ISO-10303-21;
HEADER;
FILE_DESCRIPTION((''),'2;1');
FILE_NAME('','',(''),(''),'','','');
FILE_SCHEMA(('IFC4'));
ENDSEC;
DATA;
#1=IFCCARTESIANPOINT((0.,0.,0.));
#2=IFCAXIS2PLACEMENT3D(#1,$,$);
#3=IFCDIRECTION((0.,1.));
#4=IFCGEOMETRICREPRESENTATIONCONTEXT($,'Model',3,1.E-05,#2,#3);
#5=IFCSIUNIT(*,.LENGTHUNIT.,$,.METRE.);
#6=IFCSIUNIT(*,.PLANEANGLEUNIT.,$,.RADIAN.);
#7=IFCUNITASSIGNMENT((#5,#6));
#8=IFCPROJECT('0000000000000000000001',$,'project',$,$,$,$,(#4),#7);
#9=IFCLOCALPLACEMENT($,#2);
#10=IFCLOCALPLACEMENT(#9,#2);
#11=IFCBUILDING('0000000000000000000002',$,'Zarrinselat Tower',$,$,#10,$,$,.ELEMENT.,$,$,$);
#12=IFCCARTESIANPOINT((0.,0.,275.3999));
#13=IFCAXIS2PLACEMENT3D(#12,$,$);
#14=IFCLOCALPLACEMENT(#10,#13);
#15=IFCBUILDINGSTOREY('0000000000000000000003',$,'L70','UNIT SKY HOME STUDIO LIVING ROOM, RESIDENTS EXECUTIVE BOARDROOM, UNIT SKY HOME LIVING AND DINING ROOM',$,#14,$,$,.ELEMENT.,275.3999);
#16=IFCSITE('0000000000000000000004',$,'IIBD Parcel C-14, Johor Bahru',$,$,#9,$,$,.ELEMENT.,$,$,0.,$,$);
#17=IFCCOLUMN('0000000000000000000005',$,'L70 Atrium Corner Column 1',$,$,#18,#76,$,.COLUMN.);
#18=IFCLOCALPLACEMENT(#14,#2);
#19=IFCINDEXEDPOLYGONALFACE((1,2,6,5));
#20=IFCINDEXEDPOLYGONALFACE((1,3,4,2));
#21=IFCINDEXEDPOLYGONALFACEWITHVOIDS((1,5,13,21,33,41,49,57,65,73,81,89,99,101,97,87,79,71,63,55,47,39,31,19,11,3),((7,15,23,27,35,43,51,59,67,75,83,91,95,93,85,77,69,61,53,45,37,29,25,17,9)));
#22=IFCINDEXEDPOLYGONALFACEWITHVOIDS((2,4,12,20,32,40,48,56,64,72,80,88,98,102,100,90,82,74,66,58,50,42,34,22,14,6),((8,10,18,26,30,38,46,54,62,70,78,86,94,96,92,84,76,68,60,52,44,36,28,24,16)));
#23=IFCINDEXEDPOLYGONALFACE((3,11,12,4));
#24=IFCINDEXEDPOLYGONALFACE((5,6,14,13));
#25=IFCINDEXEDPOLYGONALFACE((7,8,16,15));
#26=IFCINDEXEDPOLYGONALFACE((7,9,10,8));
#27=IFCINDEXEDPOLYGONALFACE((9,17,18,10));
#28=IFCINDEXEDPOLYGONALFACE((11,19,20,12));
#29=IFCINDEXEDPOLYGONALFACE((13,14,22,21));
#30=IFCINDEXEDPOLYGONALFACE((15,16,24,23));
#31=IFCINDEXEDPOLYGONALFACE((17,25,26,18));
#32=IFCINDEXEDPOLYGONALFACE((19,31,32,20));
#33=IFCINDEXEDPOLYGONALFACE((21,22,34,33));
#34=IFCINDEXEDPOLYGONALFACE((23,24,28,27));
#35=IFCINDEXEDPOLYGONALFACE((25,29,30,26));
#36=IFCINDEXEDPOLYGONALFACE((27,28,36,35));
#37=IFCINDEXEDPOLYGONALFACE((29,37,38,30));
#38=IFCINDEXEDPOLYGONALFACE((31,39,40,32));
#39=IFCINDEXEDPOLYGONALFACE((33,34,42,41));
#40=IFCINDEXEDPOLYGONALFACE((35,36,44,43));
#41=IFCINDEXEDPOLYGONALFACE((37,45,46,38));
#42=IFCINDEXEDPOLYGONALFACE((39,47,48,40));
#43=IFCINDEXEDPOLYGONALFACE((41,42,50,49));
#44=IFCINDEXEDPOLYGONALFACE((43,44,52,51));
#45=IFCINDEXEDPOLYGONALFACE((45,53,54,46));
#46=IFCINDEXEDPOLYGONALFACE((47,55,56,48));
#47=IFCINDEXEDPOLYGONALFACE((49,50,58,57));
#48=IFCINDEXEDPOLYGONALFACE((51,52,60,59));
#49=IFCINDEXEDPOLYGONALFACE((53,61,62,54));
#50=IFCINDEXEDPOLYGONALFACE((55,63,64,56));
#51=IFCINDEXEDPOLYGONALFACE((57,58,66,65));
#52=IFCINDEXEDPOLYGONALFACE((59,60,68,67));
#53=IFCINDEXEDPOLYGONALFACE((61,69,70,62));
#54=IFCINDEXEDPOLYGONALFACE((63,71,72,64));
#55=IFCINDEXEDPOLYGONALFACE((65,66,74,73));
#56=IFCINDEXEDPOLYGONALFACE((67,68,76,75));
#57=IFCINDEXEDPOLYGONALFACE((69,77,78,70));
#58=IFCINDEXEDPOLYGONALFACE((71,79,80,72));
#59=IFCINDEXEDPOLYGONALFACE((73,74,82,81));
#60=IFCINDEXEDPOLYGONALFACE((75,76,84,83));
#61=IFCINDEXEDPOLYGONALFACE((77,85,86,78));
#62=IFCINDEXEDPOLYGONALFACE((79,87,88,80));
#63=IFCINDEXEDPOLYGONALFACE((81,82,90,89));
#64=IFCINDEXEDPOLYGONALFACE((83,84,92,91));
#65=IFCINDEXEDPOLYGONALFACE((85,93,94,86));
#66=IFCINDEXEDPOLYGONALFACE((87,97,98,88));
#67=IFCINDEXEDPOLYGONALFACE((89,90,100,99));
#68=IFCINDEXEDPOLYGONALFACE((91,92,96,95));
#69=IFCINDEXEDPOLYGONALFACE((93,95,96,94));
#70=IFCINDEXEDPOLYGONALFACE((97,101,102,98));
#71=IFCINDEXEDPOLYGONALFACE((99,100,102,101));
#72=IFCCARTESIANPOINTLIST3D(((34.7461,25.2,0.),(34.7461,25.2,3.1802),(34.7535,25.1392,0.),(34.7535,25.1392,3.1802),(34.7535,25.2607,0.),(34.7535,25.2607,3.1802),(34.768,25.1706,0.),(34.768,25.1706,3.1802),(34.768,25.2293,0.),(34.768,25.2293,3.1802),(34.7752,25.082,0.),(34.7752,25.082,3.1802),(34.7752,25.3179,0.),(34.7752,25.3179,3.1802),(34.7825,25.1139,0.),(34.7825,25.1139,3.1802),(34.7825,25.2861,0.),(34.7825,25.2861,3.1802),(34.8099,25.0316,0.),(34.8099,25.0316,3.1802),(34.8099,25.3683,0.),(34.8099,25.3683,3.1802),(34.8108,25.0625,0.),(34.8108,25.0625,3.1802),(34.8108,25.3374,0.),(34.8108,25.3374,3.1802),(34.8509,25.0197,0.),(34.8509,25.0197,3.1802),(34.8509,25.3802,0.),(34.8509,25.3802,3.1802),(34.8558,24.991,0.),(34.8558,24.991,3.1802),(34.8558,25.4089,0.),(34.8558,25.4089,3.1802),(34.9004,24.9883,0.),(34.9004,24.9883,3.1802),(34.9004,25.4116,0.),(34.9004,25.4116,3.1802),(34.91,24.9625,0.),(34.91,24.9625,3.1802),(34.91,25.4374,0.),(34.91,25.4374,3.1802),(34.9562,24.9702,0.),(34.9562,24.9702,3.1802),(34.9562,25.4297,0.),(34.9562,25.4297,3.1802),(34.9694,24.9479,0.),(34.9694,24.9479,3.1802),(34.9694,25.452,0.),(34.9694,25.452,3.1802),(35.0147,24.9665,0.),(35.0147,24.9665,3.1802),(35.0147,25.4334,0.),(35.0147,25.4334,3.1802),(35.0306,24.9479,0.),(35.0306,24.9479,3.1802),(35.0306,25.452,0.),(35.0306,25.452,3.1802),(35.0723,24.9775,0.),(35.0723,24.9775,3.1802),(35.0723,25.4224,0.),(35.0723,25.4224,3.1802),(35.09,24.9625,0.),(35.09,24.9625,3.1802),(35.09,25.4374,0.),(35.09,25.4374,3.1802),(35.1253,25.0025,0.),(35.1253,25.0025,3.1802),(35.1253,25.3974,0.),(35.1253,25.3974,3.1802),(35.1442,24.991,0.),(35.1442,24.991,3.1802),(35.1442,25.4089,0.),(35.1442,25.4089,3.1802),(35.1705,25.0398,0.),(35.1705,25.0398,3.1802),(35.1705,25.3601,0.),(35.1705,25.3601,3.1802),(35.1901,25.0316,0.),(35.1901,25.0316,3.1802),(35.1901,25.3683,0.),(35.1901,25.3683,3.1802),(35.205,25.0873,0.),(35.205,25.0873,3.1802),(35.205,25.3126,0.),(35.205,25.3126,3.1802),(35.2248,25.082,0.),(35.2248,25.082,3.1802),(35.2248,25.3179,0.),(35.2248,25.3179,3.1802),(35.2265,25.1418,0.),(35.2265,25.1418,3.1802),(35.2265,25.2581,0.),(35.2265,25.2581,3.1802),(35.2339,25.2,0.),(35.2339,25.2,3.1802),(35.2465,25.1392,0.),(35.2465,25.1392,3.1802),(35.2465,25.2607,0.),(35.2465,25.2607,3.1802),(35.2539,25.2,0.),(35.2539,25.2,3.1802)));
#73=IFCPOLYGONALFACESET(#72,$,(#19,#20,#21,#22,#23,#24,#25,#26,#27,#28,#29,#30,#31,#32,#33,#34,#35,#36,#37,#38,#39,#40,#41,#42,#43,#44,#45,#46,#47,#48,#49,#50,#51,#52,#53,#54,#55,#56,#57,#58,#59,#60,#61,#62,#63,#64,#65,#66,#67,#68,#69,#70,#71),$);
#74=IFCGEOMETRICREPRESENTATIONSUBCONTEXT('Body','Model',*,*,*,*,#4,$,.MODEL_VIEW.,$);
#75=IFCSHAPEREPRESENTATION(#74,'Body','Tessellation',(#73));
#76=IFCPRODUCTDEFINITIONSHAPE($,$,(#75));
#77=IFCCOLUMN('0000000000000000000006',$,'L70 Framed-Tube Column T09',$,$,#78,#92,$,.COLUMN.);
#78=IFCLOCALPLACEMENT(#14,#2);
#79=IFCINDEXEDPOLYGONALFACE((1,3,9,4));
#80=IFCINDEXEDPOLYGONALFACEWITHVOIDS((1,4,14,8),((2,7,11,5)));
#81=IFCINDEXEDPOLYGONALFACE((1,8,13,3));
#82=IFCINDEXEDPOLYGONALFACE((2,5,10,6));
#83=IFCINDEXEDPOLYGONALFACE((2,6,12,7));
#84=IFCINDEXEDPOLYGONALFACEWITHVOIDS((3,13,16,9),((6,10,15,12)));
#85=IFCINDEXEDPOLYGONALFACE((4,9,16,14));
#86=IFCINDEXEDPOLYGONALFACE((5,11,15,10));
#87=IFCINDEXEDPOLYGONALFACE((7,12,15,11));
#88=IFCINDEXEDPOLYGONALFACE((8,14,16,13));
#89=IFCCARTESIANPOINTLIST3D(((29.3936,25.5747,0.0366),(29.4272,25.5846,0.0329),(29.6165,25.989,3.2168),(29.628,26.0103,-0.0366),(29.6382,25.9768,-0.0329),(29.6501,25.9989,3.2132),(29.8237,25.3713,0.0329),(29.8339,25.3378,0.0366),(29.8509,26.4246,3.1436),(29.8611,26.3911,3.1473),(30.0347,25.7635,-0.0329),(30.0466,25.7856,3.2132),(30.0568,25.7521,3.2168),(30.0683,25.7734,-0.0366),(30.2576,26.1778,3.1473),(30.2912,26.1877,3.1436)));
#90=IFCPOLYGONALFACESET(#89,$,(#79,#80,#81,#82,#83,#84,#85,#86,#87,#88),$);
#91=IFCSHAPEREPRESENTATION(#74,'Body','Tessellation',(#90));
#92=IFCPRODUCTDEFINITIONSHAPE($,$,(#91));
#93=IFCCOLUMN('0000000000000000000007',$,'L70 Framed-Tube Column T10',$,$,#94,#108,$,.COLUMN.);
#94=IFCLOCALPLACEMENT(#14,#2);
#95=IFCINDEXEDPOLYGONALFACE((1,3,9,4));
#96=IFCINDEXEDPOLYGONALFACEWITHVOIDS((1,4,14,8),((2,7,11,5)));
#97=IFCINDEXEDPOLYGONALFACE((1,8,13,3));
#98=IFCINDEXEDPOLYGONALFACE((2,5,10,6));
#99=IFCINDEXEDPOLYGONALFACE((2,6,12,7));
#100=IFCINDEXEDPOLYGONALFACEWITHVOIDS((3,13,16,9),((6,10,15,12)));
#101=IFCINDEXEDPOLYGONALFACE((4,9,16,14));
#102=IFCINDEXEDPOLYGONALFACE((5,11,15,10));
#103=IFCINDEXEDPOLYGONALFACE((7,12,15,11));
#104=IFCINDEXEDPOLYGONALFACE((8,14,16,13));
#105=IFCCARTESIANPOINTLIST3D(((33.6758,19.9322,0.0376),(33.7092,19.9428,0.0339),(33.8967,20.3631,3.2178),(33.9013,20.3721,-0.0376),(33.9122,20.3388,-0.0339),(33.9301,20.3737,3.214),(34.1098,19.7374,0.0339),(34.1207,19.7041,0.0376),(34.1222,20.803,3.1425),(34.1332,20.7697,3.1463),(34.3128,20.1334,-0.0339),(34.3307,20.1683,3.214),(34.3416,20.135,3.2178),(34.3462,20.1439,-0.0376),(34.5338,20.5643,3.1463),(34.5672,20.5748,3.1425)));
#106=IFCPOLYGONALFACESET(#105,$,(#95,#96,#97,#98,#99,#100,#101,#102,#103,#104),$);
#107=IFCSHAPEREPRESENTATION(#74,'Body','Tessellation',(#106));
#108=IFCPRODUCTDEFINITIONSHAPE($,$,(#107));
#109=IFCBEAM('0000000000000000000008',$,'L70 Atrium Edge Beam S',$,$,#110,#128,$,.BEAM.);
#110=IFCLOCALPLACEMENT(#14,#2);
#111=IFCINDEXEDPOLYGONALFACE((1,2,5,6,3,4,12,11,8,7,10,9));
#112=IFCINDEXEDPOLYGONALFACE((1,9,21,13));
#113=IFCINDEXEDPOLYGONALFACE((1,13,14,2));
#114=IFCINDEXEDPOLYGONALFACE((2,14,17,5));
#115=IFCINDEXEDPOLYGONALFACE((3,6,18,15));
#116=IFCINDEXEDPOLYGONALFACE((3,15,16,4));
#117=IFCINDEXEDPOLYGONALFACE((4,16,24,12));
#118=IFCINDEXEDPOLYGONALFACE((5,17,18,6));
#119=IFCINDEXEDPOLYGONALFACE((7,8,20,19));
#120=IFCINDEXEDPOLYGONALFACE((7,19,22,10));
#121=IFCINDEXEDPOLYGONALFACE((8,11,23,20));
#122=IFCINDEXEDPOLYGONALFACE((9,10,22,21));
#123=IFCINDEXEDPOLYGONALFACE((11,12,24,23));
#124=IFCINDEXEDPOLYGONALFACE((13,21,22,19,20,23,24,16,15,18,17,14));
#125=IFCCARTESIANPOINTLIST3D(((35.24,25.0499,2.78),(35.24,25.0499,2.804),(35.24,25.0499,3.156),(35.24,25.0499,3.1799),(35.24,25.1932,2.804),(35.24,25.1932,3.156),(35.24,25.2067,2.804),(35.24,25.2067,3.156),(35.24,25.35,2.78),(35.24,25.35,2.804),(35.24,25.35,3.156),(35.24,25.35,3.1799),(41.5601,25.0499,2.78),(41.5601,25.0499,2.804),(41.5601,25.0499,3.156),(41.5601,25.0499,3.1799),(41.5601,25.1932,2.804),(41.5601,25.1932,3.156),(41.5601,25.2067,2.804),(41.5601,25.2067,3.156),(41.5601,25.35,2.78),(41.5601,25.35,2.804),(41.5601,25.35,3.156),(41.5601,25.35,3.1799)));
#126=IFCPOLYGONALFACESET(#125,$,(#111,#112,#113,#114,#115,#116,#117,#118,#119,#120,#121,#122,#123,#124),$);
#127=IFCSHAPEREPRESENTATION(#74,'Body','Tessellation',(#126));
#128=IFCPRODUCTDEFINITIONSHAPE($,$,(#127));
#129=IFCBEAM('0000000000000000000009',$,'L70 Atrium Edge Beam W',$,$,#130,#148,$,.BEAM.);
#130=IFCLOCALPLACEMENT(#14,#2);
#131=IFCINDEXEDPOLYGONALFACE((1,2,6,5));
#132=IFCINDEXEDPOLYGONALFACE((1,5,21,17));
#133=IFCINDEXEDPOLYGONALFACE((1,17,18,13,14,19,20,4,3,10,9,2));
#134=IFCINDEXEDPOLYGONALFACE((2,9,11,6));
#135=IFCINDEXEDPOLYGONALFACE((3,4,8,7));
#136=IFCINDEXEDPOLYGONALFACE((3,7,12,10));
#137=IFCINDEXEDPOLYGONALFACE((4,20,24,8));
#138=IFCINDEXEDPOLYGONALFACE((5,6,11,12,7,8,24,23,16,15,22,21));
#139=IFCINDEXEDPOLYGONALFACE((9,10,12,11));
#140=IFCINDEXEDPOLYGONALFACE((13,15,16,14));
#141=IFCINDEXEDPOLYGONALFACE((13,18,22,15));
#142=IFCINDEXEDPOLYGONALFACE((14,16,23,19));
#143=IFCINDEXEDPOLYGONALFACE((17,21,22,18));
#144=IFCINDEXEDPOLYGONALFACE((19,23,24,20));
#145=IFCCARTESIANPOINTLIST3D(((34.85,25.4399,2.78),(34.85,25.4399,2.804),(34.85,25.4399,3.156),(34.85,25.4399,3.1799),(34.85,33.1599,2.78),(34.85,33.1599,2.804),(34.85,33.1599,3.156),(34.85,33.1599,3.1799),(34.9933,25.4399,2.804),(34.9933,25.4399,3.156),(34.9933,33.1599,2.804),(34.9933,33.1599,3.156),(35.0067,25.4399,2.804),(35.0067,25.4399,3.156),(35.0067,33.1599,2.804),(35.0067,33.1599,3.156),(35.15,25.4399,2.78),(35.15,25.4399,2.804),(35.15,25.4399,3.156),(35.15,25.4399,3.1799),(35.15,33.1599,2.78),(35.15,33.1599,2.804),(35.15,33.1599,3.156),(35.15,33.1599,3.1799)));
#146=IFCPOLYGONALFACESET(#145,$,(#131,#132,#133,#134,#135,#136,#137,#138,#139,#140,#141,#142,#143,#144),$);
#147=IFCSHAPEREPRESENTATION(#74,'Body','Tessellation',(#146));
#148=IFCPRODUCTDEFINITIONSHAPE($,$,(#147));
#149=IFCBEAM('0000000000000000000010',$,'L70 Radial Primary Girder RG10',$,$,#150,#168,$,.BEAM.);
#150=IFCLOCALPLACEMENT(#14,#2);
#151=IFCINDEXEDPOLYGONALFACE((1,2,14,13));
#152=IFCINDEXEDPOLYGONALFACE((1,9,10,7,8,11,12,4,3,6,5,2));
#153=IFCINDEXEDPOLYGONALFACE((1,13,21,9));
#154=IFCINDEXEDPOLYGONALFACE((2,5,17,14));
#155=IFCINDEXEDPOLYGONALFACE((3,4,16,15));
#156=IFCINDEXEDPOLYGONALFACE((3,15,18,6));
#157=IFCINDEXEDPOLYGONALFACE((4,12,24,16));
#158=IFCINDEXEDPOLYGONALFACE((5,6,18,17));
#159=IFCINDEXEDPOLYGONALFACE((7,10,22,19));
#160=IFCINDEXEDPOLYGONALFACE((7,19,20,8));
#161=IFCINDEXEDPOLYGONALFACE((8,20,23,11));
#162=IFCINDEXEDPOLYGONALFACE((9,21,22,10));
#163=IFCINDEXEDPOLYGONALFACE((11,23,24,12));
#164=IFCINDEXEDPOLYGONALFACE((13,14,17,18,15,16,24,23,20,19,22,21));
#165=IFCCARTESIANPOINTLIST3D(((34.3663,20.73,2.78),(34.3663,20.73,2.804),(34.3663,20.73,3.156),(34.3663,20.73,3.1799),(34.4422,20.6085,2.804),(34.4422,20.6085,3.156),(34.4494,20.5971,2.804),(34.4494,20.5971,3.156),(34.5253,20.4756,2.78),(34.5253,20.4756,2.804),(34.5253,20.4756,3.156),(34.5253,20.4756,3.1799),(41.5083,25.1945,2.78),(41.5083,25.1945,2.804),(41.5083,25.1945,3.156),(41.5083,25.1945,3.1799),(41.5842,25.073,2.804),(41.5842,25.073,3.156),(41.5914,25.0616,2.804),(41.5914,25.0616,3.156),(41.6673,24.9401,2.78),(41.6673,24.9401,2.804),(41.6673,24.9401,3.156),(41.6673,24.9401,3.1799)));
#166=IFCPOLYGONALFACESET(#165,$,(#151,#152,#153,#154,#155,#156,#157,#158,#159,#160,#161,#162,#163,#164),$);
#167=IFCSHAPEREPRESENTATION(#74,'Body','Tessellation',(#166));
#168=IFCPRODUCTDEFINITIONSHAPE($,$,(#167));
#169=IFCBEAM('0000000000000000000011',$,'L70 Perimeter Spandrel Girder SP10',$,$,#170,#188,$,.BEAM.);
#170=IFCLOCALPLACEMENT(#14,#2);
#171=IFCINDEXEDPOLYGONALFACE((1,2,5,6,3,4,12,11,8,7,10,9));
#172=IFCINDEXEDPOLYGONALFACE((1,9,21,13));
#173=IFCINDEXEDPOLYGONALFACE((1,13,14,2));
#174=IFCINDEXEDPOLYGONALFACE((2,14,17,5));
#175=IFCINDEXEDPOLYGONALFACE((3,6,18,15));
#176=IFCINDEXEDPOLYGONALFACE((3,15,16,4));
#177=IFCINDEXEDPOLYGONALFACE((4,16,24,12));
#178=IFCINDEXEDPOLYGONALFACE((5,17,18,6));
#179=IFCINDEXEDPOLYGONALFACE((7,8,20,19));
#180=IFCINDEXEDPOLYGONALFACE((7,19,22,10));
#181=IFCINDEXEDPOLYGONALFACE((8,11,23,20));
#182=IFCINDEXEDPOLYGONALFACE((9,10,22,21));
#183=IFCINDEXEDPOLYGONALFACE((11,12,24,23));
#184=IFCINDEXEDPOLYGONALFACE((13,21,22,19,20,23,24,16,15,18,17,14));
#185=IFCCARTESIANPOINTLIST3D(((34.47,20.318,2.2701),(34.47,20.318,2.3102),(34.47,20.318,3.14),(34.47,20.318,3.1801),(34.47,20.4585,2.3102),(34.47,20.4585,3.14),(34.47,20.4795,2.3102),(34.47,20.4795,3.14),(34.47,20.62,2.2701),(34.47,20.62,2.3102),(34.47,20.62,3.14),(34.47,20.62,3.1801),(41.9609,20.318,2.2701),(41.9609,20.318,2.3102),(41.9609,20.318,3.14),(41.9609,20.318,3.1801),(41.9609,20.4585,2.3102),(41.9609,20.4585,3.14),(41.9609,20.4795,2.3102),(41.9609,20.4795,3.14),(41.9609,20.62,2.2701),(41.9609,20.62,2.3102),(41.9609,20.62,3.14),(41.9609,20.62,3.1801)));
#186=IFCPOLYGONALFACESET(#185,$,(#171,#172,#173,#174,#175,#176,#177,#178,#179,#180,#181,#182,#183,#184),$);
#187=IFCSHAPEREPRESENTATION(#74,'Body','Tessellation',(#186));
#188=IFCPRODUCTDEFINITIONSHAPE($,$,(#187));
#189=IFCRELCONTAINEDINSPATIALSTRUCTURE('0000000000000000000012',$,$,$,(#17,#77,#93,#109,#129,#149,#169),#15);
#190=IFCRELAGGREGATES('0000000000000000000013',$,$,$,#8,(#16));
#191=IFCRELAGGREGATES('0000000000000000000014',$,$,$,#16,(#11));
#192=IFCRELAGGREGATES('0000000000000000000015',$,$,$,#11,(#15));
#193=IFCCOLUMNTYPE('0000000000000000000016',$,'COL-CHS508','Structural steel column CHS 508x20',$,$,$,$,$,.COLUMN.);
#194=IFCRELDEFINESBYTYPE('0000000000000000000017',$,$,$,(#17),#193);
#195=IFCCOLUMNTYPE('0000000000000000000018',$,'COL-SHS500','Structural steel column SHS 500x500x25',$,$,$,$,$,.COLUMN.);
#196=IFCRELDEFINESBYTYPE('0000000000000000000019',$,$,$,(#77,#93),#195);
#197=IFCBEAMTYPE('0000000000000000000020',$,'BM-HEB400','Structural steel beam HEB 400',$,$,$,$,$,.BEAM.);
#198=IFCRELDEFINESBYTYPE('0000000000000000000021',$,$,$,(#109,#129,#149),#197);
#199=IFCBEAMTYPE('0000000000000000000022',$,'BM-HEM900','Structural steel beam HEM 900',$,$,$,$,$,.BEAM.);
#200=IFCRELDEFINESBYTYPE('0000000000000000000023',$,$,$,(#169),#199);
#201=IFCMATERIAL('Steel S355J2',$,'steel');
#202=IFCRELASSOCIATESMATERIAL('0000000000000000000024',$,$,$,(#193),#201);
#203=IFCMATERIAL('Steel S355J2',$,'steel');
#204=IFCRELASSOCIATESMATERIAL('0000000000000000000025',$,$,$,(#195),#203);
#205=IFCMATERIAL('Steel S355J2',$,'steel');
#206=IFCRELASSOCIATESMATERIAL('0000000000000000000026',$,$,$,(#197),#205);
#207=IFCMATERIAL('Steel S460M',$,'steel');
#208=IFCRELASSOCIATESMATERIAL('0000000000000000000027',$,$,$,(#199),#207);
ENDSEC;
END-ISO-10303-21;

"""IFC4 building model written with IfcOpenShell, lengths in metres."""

from ifc_helpers import new_model, si_unit, direction, frame, origin, origin_2d, place, context, subcontext, project, spatial, hollow_rectangle, hollow_circle, i_section, extrude, material, material_profile, profile_set, type_object, element, save


model = new_model("IFC4")

# Units and contexts
model_context = context("Model", 3, precision=1e-05, world=origin(), true_north=direction((0.0, 1.0)))
body_context = subcontext(model_context, "Body", "Model", "MODEL_VIEW")
ifc_project = project(units=[si_unit("LENGTHUNIT", "METRE"), si_unit("PLANEANGLEUNIT", "RADIAN")], contexts=[model_context])

# Site, building, storey
site_placement = place(None, origin())
site = spatial("IfcSite", under=ifc_project, at=site_placement, Name="IIBD Parcel C-14, Johor Bahru", CompositionType="ELEMENT", RefElevation=0.0)
building_placement = place(site_placement, origin())
building = spatial("IfcBuilding", under=site, at=building_placement, Name="Zarrinselat Tower", CompositionType="ELEMENT")
storey_placement = place(building_placement, frame((0.0, 0.0, 275.3999)))
storey = spatial("IfcBuildingStorey", under=building, at=storey_placement, Name="L70", Description="UNIT SKY HOME STUDIO LIVING ROOM, RESIDENTS EXECUTIVE BOARDROOM, UNIT SKY HOME LIVING AND DINING ROOM", CompositionType="ELEMENT", Elevation=275.3999)

# Columns
ifc_material_1 = material(Name="Steel S355J2", Category="steel")
ifc_material_profile_1 = material_profile(ifc_material_1, hollow_circle(Radius=0.2539, WallThickness=0.02, at=origin_2d()), Name="CHS 508x20")
ifc_profile_set_1 = profile_set([ifc_material_profile_1], Name="Steel S355J2")
column_type_1 = type_object("IfcColumnType", Name="COL-CHS508", Description="Structural steel column CHS 508x20", PredefinedType="COLUMN", material=ifc_profile_set_1)
column_1_placement = place(storey_placement, frame((35.0, 25.2, 0.0), z_axis=(0.0, 0.0, 1.0), x_axis=(1.0, 0.0, 0.0)))
element("IfcColumn", 1, at=column_1_placement, inside=storey, type_object=column_type_1, Name="L70 Atrium Corner Column 1", PredefinedType="COLUMN", context=body_context, shape_type="SweptSolid", body=[
    extrude(hollow_circle(Radius=0.2539, WallThickness=0.02, at=origin_2d()), origin(), (0.0, 0.0, 1.0), 3.1802),
])
ifc_material_2 = material(Name="Steel S355J2", Category="steel")
ifc_material_profile_2 = material_profile(ifc_material_2, hollow_rectangle(XDim=0.5, YDim=0.5, WallThickness=0.0249, at=origin_2d()), Name="SHS 500x500x25")
ifc_profile_set_2 = profile_set([ifc_material_profile_2], Name="Steel S355J2")
column_type_2 = type_object("IfcColumnType", Name="COL-SHS500", Description="Structural steel column SHS 500x500x25", PredefinedType="COLUMN", material=ifc_profile_set_2)
column_2_placement = place(storey_placement, frame((29.731, 25.6741, 0.0), z_axis=(0.069336, 0.128875, 0.989234), x_axis=(-0.880638, 0.47379, 0.0)))
element("IfcColumn", 2, at=column_2_placement, inside=storey, type_object=column_type_2, Name="L70 Framed-Tube Column T09", PredefinedType="COLUMN", context=body_context, shape_type="SweptSolid", body=[
    extrude(hollow_rectangle(XDim=0.5, YDim=0.5, WallThickness=0.0249, at=origin_2d()), origin(), (0.0, 0.0, 1.0), 3.2148),
])
column_3_placement = place(storey_placement, frame((34.011, 20.0381, 0.0), z_axis=(0.068685, 0.133954, 0.988604), x_axis=(-0.889844, 0.456265, 0.0)))
element("IfcColumn", 3, at=column_3_placement, inside=storey, type_object=column_type_2, Name="L70 Framed-Tube Column T10", PredefinedType="COLUMN", context=body_context, shape_type="SweptSolid", body=[
    extrude(hollow_rectangle(XDim=0.5, YDim=0.5, WallThickness=0.0249, at=origin_2d()), origin(), (0.0, 0.0, 1.0), 3.2168),
])

# Beams
ifc_material_3 = material(Name="Steel S355J2", Category="steel")
ifc_material_profile_3 = material_profile(ifc_material_3, i_section(OverallWidth=0.3, OverallDepth=0.3999, WebThickness=0.0134, FlangeThickness=0.0239, at=origin_2d()), Name="HEB 400")
ifc_profile_set_3 = profile_set([ifc_material_profile_3], Name="Steel S355J2")
beam_type_1 = type_object("IfcBeamType", Name="BM-HEB400", Description="Structural steel beam HEB 400", PredefinedType="BEAM", material=ifc_profile_set_3)
beam_1_placement = place(storey_placement, frame((35.24, 25.2, 2.98), z_axis=(1.0, 0.0, 0.0), x_axis=(0.0, 1.0, 0.0)))
element("IfcBeam", 4, at=beam_1_placement, inside=storey, type_object=beam_type_1, Name="L70 Atrium Edge Beam S", PredefinedType="BEAM", context=body_context, shape_type="SweptSolid", body=[
    extrude(i_section(OverallWidth=0.3, OverallDepth=0.3999, WebThickness=0.0134, FlangeThickness=0.0239, at=origin_2d()), origin(), (0.0, 0.0, 1.0), 6.3201),
])
beam_2_placement = place(storey_placement, frame((35.0, 25.4399, 2.98), z_axis=(0.0, 1.0, 0.0), x_axis=(-1.0, 0.0, 0.0)))
element("IfcBeam", 5, at=beam_2_placement, inside=storey, type_object=beam_type_1, Name="L70 Atrium Edge Beam W", PredefinedType="BEAM", context=body_context, shape_type="SweptSolid", body=[
    extrude(i_section(OverallWidth=0.3, OverallDepth=0.3999, WebThickness=0.0134, FlangeThickness=0.0239, at=origin_2d()), origin(), (0.0, 0.0, 1.0), 7.72),
])
beam_3_placement = place(storey_placement, frame((34.4458, 20.6028, 2.98), z_axis=(0.847956, 0.530067, 0.0), x_axis=(-0.530067, 0.847956, 0.0)))
element("IfcBeam", 6, at=beam_3_placement, inside=storey, type_object=beam_type_1, Name="L70 Radial Primary Girder RG10", PredefinedType="BEAM", context=body_context, shape_type="SweptSolid", body=[
    extrude(i_section(OverallWidth=0.3, OverallDepth=0.3999, WebThickness=0.0134, FlangeThickness=0.0239, at=origin_2d()), origin(), (0.0, 0.0, 1.0), 8.4226),
])
ifc_material_4 = material(Name="Steel S460M", Category="steel")
ifc_material_profile_4 = material_profile(ifc_material_4, i_section(OverallWidth=0.302, OverallDepth=0.9099, WebThickness=0.021, FlangeThickness=0.04, at=origin_2d()), Name="HEM 900")
ifc_profile_set_4 = profile_set([ifc_material_profile_4], Name="Steel S460M")
beam_type_2 = type_object("IfcBeamType", Name="BM-HEM900", Description="Structural steel beam HEM 900", PredefinedType="BEAM", material=ifc_profile_set_4)
beam_4_placement = place(storey_placement, frame((34.47, 20.469, 2.7251), z_axis=(1.0, 0.0, 0.0), x_axis=(0.0, 1.0, 0.0)))
element("IfcBeam", 7, at=beam_4_placement, inside=storey, type_object=beam_type_2, Name="L70 Perimeter Spandrel Girder SP10", PredefinedType="BEAM", context=body_context, shape_type="SweptSolid", body=[
    extrude(i_section(OverallWidth=0.302, OverallDepth=0.9099, WebThickness=0.021, FlangeThickness=0.04, at=origin_2d()), origin(), (0.0, 0.0, 1.0), 7.491),
])

save(model, "model.ifc")
